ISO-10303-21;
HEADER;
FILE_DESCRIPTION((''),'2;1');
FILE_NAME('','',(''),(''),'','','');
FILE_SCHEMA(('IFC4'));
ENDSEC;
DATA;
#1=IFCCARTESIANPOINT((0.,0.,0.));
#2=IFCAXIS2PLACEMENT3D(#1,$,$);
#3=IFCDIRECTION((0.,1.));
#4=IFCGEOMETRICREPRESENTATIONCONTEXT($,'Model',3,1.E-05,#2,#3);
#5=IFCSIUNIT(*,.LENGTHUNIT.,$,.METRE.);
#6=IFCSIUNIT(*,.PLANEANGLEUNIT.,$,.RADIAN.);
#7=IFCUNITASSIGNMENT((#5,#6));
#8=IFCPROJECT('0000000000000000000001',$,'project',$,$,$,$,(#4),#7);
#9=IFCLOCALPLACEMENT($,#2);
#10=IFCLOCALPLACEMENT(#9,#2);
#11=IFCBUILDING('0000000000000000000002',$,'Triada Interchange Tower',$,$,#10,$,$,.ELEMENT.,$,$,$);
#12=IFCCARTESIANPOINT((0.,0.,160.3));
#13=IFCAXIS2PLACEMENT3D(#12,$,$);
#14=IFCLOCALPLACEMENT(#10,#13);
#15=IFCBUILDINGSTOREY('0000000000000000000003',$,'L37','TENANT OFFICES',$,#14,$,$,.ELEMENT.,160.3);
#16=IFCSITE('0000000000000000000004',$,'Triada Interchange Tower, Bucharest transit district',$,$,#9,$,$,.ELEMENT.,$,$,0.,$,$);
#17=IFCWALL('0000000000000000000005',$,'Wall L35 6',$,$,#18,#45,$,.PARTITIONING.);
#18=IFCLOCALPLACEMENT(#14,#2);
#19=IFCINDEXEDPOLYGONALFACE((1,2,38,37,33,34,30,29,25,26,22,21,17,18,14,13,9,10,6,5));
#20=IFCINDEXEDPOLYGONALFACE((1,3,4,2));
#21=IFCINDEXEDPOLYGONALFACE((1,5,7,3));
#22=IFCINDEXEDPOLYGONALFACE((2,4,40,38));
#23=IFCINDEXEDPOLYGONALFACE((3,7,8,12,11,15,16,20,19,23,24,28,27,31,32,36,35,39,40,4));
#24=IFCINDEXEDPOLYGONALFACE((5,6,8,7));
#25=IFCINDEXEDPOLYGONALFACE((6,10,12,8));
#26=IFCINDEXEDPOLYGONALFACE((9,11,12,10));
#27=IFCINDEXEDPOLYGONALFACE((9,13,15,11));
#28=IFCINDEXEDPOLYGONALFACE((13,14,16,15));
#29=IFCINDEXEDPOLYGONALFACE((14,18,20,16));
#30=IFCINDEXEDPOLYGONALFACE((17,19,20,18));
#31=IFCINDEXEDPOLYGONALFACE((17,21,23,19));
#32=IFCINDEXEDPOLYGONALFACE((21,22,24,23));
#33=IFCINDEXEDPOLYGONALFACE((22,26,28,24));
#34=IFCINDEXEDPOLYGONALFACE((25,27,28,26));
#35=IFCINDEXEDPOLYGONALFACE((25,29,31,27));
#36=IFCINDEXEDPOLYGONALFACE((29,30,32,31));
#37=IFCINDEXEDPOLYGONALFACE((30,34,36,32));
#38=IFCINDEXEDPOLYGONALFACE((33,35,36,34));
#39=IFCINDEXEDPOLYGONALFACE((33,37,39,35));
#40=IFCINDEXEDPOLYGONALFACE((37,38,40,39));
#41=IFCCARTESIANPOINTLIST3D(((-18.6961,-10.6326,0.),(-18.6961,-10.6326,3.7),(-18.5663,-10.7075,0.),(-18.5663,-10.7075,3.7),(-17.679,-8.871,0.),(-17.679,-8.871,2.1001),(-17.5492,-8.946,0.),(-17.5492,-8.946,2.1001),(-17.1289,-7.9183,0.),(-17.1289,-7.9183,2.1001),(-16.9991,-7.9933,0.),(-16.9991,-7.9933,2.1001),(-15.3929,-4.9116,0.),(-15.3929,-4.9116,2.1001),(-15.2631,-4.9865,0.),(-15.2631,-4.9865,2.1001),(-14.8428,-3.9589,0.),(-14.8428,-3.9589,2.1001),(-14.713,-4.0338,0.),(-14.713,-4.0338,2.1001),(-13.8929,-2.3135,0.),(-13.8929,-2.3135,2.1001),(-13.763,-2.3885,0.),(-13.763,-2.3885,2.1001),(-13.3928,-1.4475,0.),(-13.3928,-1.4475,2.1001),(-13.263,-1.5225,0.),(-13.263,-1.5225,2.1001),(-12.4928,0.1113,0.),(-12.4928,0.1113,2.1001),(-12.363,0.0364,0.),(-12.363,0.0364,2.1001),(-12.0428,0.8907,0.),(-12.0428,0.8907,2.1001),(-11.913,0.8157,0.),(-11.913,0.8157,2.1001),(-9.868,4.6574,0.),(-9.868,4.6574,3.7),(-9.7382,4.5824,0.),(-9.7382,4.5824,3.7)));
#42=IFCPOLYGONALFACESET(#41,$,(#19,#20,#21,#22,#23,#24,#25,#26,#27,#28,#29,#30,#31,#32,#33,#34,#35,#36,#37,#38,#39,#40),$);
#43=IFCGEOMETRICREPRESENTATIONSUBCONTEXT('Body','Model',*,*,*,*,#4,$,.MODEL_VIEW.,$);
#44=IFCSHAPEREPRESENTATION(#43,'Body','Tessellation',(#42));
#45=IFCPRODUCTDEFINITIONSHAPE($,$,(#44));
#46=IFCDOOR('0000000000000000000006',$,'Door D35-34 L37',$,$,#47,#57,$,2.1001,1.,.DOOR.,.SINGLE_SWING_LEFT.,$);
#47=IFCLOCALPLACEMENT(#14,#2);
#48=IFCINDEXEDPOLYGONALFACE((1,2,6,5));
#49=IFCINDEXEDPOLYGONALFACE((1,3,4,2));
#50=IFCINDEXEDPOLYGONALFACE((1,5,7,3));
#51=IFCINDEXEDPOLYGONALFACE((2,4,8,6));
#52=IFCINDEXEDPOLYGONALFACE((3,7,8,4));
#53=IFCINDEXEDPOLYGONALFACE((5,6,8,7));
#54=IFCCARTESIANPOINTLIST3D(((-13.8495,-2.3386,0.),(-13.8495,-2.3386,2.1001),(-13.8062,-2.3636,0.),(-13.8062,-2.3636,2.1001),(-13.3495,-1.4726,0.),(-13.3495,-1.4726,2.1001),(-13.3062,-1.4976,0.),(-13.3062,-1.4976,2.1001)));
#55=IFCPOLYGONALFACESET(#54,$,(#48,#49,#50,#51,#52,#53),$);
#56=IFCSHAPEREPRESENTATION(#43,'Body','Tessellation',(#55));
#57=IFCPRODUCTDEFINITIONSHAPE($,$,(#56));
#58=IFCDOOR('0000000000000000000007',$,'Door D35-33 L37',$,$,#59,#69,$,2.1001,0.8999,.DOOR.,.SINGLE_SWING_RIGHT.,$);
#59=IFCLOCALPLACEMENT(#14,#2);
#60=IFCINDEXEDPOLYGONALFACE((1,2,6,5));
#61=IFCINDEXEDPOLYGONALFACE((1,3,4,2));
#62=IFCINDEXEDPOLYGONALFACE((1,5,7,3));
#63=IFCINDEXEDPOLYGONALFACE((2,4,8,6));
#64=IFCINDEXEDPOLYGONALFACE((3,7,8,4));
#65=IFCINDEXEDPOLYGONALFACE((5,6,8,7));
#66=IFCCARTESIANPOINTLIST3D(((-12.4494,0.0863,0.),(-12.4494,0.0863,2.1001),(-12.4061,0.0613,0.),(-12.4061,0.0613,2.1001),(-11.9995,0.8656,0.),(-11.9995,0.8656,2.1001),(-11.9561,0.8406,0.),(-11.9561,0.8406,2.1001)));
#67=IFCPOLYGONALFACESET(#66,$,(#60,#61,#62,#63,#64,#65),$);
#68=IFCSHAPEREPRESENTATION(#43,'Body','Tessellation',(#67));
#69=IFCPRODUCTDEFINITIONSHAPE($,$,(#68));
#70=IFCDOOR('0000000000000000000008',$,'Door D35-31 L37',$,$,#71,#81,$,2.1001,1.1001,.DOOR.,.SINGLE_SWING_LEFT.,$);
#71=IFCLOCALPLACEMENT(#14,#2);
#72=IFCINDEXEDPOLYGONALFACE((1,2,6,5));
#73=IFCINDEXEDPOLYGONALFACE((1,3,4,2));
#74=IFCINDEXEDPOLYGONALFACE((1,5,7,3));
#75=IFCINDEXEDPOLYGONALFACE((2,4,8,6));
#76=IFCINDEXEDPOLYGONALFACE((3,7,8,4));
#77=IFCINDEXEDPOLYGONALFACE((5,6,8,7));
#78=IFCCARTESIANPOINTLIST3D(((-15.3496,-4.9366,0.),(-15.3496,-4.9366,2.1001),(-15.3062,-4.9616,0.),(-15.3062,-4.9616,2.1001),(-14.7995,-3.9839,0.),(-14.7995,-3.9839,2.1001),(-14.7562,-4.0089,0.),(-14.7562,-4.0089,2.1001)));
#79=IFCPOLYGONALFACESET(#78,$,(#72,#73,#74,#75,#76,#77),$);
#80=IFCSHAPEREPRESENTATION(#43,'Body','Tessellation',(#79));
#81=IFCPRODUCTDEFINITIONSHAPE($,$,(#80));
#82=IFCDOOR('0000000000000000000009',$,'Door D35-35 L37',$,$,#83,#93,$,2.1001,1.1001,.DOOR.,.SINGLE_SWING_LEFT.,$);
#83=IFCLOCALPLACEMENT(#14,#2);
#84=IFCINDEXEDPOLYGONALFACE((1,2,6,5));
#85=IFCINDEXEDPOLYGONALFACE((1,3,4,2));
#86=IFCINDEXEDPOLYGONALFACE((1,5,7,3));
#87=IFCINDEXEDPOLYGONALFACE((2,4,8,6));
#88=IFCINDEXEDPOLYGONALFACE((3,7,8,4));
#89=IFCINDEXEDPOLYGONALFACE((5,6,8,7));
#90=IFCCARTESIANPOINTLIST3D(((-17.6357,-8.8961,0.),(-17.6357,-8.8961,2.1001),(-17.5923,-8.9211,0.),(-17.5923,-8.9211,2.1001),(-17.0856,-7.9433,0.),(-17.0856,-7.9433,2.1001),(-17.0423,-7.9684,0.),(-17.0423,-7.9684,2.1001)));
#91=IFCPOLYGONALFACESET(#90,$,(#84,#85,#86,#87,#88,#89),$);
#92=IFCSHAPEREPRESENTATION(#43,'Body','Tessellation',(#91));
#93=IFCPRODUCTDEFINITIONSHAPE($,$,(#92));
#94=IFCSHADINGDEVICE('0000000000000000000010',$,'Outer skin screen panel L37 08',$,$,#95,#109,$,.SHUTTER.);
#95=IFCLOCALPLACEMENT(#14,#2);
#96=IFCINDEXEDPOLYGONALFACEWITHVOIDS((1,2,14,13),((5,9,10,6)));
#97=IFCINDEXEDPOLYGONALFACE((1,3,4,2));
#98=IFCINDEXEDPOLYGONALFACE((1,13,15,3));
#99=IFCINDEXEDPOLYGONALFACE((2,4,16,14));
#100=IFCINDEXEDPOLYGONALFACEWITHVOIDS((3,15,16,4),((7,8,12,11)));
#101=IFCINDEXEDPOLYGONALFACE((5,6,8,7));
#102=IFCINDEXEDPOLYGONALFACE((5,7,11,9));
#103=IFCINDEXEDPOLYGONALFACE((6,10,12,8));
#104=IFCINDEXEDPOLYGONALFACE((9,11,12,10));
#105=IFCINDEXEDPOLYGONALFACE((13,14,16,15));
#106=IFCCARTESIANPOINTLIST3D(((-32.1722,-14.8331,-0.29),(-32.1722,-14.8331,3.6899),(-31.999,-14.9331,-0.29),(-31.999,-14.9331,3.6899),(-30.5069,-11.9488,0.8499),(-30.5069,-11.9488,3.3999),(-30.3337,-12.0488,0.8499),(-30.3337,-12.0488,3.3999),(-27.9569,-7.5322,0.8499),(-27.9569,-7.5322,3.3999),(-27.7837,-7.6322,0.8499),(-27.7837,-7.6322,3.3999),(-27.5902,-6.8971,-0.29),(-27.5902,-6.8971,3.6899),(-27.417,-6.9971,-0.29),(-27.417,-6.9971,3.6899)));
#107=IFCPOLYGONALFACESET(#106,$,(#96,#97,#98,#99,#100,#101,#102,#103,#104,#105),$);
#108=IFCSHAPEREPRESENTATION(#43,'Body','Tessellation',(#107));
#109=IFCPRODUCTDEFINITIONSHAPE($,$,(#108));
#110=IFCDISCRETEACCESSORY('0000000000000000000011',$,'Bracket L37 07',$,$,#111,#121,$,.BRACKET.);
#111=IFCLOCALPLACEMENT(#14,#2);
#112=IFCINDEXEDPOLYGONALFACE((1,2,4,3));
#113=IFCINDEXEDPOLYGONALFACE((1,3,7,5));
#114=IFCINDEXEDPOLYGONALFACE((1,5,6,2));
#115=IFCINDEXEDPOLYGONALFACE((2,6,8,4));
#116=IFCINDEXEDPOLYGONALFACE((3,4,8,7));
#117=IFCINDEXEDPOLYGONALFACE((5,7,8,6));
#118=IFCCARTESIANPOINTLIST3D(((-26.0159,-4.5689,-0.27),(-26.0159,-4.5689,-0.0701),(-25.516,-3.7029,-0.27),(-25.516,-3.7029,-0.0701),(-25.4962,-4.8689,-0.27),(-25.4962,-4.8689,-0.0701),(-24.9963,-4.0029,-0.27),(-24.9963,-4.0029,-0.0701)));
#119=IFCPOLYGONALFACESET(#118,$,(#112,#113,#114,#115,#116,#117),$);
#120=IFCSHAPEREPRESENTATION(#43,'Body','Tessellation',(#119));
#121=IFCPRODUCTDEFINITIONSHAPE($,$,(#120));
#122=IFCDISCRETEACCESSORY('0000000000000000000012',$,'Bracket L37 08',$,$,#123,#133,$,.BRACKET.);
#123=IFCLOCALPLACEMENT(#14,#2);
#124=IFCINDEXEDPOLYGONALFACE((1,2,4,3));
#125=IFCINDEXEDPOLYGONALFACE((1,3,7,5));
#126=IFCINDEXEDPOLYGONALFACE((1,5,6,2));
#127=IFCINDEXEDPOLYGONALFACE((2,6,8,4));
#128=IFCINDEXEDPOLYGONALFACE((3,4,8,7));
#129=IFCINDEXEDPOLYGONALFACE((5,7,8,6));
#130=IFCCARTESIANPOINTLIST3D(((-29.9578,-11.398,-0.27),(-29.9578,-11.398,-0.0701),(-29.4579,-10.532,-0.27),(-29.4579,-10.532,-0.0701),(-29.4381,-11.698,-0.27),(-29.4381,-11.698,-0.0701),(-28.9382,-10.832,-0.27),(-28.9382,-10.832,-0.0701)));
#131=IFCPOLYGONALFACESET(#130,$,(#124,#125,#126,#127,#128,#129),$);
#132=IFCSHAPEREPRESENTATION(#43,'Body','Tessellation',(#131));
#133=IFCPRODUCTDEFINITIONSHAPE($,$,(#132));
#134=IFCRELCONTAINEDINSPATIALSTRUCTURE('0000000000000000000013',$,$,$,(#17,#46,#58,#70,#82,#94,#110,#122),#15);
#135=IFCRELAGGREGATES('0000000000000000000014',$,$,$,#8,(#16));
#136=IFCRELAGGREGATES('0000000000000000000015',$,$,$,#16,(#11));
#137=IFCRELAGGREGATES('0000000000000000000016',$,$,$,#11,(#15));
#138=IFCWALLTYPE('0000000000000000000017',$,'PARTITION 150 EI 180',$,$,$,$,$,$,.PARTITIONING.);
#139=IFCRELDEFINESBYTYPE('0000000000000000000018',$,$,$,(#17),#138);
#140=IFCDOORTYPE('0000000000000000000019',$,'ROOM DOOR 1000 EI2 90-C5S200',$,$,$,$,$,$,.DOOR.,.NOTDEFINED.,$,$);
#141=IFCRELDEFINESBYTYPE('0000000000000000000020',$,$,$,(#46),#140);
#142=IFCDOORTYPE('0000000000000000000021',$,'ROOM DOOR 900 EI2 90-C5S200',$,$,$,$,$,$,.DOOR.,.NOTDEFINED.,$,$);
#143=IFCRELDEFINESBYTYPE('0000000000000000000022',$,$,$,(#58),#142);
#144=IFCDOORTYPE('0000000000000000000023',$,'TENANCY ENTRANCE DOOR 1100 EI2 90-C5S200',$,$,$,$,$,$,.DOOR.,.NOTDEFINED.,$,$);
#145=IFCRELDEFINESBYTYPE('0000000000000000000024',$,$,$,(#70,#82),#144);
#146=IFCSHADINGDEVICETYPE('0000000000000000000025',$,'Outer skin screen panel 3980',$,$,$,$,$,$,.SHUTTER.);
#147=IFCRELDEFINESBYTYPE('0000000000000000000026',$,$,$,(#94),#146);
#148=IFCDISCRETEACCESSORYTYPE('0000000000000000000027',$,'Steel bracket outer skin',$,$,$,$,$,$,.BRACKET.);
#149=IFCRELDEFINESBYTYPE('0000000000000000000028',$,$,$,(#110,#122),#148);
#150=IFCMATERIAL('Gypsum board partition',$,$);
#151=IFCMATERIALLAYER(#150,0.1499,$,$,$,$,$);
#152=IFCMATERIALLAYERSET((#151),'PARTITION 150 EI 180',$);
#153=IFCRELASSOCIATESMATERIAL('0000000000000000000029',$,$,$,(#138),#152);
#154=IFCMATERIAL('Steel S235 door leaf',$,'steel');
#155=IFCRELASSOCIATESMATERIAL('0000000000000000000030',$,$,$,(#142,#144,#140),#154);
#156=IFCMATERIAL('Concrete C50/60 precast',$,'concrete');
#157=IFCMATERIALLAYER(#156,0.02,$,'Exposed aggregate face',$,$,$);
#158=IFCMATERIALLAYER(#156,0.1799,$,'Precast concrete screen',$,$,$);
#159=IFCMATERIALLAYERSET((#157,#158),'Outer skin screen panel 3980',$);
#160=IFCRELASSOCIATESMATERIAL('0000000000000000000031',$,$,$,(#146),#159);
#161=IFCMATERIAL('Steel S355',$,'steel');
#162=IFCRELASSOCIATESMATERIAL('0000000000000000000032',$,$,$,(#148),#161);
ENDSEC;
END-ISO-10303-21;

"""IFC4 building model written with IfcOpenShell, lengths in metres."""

from ifc_helpers import new_model, si_unit, direction, frame, frame_2d, origin, origin_2d, place, context, subcontext, project, spatial, polyline, rectangle, outline, extrude, material, layer, layer_set, type_object, element, fill, save


model = new_model("IFC4")

# Units and contexts
model_context = context("Model", 3, precision=1e-05, world=origin(), true_north=direction((0.0, 1.0)))
body_context = subcontext(model_context, "Body", "Model", "MODEL_VIEW")
ifc_project = project(units=[si_unit("LENGTHUNIT", "METRE"), si_unit("PLANEANGLEUNIT", "RADIAN")], contexts=[model_context])

# Site, building, storey
site_placement = place(None, origin())
site = spatial("IfcSite", under=ifc_project, at=site_placement, Name="Triada Interchange Tower, Bucharest transit district", CompositionType="ELEMENT", RefElevation=0.0)
building_placement = place(site_placement, origin())
building = spatial("IfcBuilding", under=site, at=building_placement, Name="Triada Interchange Tower", CompositionType="ELEMENT")
storey_placement = place(building_placement, frame((0.0, 0.0, 160.3)))
storey = spatial("IfcBuildingStorey", under=building, at=storey_placement, Name="L37", Description="TENANT OFFICES", CompositionType="ELEMENT", Elevation=160.3)

# Shared definitions
ifc_material_1 = material(Name="Gypsum board partition")
ifc_layer_1 = layer(ifc_material_1, 0.1499)
ifc_layer_set_1 = layer_set([ifc_layer_1], Name="PARTITION 150 EI 180")
wall_type = type_object("IfcWallType", Name="PARTITION 150 EI 180", PredefinedType="PARTITIONING", material=ifc_layer_set_1)

# Wall, openings, doors
ifc_material_2 = material(Name="Steel S235 door leaf", Category="steel")
door_type_1 = type_object("IfcDoorType", Name="ROOM DOOR 900 EI2 90-C5S200", OperationType="NOTDEFINED", PredefinedType="DOOR", material=ifc_material_2)
door_type_2 = type_object("IfcDoorType", Name="TENANCY ENTRANCE DOOR 1100 EI2 90-C5S200", OperationType="NOTDEFINED", PredefinedType="DOOR", material=ifc_material_2)
wall_1_placement = place(storey_placement, frame((-18.6311, -10.6699, 0.0), z_axis=(0.0, 0.0, 1.0), x_axis=(0.500018, 0.866015, 0.0)))
wall_1 = element("IfcWall", 1, at=wall_1_placement, inside=storey, type_object=wall_type, Name="Wall L35 6", PredefinedType="PARTITIONING", context=body_context, shape_type="SweptSolid", body=[
    extrude(rectangle(XDim=17.6555, YDim=0.1499, at=frame_2d((8.8276, 0.0))), origin(), (0.0, 0.0, 1.0), 3.7),
])
opening_1_placement = place(wall_1_placement, frame((6.606, 0.0, 0.0)))
opening_1 = element("IfcOpeningElement", 2, at=opening_1_placement, cuts=wall_1, PredefinedType="OPENING", context=body_context, shape_type="SweptSolid", body=[
    extrude(rectangle(XDim=1.1001, YDim=2.1001, at=frame_2d((0.55, 1.05))), frame((0.0, 0.085, 0.0), z_axis=(0.0, -1.0, 0.0), x_axis=(1.0, 0.0, 0.0)), (0.0, 0.0, 1.0), 0.1699),
])
opening_2_placement = place(wall_1_placement, frame((12.406, 0.0, 0.0)))
opening_2 = element("IfcOpeningElement", 3, at=opening_2_placement, cuts=wall_1, PredefinedType="OPENING", context=body_context, shape_type="SweptSolid", body=[
    extrude(rectangle(XDim=0.8999, YDim=2.1001, at=frame_2d((0.45, 1.05))), frame((0.0, 0.085, 0.0), z_axis=(0.0, -1.0, 0.0), x_axis=(1.0, 0.0, 0.0)), (0.0, 0.0, 1.0), 0.1699),
])
opening_3_placement = place(wall_1_placement, frame((9.606, 0.0, 0.0)))
opening_3 = element("IfcOpeningElement", 4, at=opening_3_placement, cuts=wall_1, PredefinedType="OPENING", context=body_context, shape_type="SweptSolid", body=[
    extrude(rectangle(XDim=1.0, YDim=2.1001, at=frame_2d((0.5, 1.05))), frame((0.0, 0.085, 0.0), z_axis=(0.0, -1.0, 0.0), x_axis=(1.0, 0.0, 0.0)), (0.0, 0.0, 1.0), 0.1699),
])
opening_4_placement = place(wall_1_placement, frame((2.0339, 0.0, 0.0)))
opening_4 = element("IfcOpeningElement", 5, at=opening_4_placement, cuts=wall_1, PredefinedType="OPENING", context=body_context, shape_type="SweptSolid", body=[
    extrude(rectangle(XDim=1.1001, YDim=2.1001, at=frame_2d((0.55, 1.05))), frame((0.0, 0.085, 0.0), z_axis=(0.0, -1.0, 0.0), x_axis=(1.0, 0.0, 0.0)), (0.0, 0.0, 1.0), 0.1699),
])
door_type_3 = type_object("IfcDoorType", Name="ROOM DOOR 1000 EI2 90-C5S200", OperationType="NOTDEFINED", PredefinedType="DOOR", material=ifc_material_2)
door_1_placement = place(opening_3_placement, origin())
door_1 = element("IfcDoor", 6, at=door_1_placement, inside=storey, type_object=door_type_3, Name="Door D35-34 L37", OperationType="SINGLE_SWING_LEFT", OverallHeight=2.1001, OverallWidth=1.0, PredefinedType="DOOR", context=body_context, shape_type="SweptSolid", body=[
    extrude(rectangle(XDim=1.0, YDim=2.1001, at=frame_2d((0.5, 1.05))), frame((0.0, 0.0249, 0.0), z_axis=(0.0, -1.0, 0.0), x_axis=(1.0, 0.0, 0.0)), (0.0, 0.0, 1.0), 0.05),
])
fill(opening_3, door_1)
door_2_placement = place(opening_2_placement, origin())
door_2 = element("IfcDoor", 7, at=door_2_placement, inside=storey, type_object=door_type_1, Name="Door D35-33 L37", OperationType="SINGLE_SWING_RIGHT", OverallHeight=2.1001, OverallWidth=0.8999, PredefinedType="DOOR", context=body_context, shape_type="SweptSolid", body=[
    extrude(rectangle(XDim=0.8999, YDim=2.1001, at=frame_2d((0.45, 1.05))), frame((0.0, 0.0249, 0.0), z_axis=(0.0, -1.0, 0.0), x_axis=(1.0, 0.0, 0.0)), (0.0, 0.0, 1.0), 0.05),
])
fill(opening_2, door_2)
door_3_placement = place(opening_1_placement, origin())
door_3 = element("IfcDoor", 8, at=door_3_placement, inside=storey, type_object=door_type_2, Name="Door D35-31 L37", OperationType="SINGLE_SWING_LEFT", OverallHeight=2.1001, OverallWidth=1.1001, PredefinedType="DOOR", context=body_context, shape_type="SweptSolid", body=[
    extrude(rectangle(XDim=1.1001, YDim=2.1001, at=frame_2d((0.55, 1.05))), frame((0.0, 0.0249, 0.0), z_axis=(0.0, -1.0, 0.0), x_axis=(1.0, 0.0, 0.0)), (0.0, 0.0, 1.0), 0.05),
])
fill(opening_1, door_3)
door_4_placement = place(opening_4_placement, origin())
door_4 = element("IfcDoor", 9, at=door_4_placement, inside=storey, type_object=door_type_2, Name="Door D35-35 L37", OperationType="SINGLE_SWING_LEFT", OverallHeight=2.1001, OverallWidth=1.1001, PredefinedType="DOOR", context=body_context, shape_type="SweptSolid", body=[
    extrude(rectangle(XDim=1.1001, YDim=2.1001, at=frame_2d((0.55, 1.05))), frame((0.0, 0.0249, 0.0), z_axis=(0.0, -1.0, 0.0), x_axis=(1.0, 0.0, 0.0)), (0.0, 0.0, 1.0), 0.05),
])
fill(opening_4, door_4)

# Shading device
ifc_material_3 = material(Name="Concrete C50/60 precast", Category="concrete")
ifc_layer_2 = layer(ifc_material_3, 0.02, Name="Exposed aggregate face")
ifc_layer_3 = layer(ifc_material_3, 0.1799, Name="Precast concrete screen")
ifc_layer_set_2 = layer_set([ifc_layer_2, ifc_layer_3], Name="Outer skin screen panel 3980")
shading_device_type = type_object("IfcShadingDeviceType", Name="Outer skin screen panel 3980", PredefinedType="SHUTTER", material=ifc_layer_set_2)
shading_device_placement = place(storey_placement, frame((-27.417, -6.9971, -0.29), z_axis=(0.0, 0.0, 1.0), x_axis=(-0.500013, -0.866018, 0.0)))
element("IfcShadingDevice", 10, at=shading_device_placement, inside=storey, type_object=shading_device_type, Name="Outer skin screen panel L37 08", PredefinedType="SHUTTER", context=body_context, shape_type="SweptSolid", body=[
    extrude(outline(polyline([(0.0, 0.0), (9.1638, 0.0), (9.1638, 3.98), (0.0, 3.98), (0.0, 0.0)]), holes=[polyline([(0.7334, 1.1399), (0.7334, 3.6899), (5.8333, 3.6899), (5.8333, 1.1399), (0.7334, 1.1399)])]), frame((0.0, 0.0, 0.0), z_axis=(0.0, -1.0, 0.0), x_axis=(1.0, 0.0, 0.0)), (0.0, 0.0, 1.0), 0.2),
])

# Discrete accessories
ifc_material_4 = material(Name="Steel S355", Category="steel")
discrete_accessory_type = type_object("IfcDiscreteAccessoryType", Name="Steel bracket outer skin", PredefinedType="BRACKET", material=ifc_material_4)
for number, where, z_axis, x_axis, name in (
    (11, (-25.5061, -4.2859, -0.27), (0.0, 0.0, 1.0), (-0.866036, 0.499982, 0.0), "Bracket L37 07"),
    (12, (-29.448, -11.115, -0.27), (0.0, 0.0, 1.0), (-0.866036, 0.499982, 0.0), "Bracket L37 08"),
):
    element("IfcDiscreteAccessory", number, at=place(storey_placement, frame(where, z_axis=z_axis, x_axis=x_axis)), inside=storey, type_object=discrete_accessory_type, Name=name, PredefinedType="BRACKET", context=body_context, shape_type="SweptSolid", body=[
        extrude(rectangle(XDim=0.6001, YDim=1.0, at=origin_2d()), origin(), (0.0, 0.0, 1.0), 0.2),
    ])

save(model, "model.ifc")
